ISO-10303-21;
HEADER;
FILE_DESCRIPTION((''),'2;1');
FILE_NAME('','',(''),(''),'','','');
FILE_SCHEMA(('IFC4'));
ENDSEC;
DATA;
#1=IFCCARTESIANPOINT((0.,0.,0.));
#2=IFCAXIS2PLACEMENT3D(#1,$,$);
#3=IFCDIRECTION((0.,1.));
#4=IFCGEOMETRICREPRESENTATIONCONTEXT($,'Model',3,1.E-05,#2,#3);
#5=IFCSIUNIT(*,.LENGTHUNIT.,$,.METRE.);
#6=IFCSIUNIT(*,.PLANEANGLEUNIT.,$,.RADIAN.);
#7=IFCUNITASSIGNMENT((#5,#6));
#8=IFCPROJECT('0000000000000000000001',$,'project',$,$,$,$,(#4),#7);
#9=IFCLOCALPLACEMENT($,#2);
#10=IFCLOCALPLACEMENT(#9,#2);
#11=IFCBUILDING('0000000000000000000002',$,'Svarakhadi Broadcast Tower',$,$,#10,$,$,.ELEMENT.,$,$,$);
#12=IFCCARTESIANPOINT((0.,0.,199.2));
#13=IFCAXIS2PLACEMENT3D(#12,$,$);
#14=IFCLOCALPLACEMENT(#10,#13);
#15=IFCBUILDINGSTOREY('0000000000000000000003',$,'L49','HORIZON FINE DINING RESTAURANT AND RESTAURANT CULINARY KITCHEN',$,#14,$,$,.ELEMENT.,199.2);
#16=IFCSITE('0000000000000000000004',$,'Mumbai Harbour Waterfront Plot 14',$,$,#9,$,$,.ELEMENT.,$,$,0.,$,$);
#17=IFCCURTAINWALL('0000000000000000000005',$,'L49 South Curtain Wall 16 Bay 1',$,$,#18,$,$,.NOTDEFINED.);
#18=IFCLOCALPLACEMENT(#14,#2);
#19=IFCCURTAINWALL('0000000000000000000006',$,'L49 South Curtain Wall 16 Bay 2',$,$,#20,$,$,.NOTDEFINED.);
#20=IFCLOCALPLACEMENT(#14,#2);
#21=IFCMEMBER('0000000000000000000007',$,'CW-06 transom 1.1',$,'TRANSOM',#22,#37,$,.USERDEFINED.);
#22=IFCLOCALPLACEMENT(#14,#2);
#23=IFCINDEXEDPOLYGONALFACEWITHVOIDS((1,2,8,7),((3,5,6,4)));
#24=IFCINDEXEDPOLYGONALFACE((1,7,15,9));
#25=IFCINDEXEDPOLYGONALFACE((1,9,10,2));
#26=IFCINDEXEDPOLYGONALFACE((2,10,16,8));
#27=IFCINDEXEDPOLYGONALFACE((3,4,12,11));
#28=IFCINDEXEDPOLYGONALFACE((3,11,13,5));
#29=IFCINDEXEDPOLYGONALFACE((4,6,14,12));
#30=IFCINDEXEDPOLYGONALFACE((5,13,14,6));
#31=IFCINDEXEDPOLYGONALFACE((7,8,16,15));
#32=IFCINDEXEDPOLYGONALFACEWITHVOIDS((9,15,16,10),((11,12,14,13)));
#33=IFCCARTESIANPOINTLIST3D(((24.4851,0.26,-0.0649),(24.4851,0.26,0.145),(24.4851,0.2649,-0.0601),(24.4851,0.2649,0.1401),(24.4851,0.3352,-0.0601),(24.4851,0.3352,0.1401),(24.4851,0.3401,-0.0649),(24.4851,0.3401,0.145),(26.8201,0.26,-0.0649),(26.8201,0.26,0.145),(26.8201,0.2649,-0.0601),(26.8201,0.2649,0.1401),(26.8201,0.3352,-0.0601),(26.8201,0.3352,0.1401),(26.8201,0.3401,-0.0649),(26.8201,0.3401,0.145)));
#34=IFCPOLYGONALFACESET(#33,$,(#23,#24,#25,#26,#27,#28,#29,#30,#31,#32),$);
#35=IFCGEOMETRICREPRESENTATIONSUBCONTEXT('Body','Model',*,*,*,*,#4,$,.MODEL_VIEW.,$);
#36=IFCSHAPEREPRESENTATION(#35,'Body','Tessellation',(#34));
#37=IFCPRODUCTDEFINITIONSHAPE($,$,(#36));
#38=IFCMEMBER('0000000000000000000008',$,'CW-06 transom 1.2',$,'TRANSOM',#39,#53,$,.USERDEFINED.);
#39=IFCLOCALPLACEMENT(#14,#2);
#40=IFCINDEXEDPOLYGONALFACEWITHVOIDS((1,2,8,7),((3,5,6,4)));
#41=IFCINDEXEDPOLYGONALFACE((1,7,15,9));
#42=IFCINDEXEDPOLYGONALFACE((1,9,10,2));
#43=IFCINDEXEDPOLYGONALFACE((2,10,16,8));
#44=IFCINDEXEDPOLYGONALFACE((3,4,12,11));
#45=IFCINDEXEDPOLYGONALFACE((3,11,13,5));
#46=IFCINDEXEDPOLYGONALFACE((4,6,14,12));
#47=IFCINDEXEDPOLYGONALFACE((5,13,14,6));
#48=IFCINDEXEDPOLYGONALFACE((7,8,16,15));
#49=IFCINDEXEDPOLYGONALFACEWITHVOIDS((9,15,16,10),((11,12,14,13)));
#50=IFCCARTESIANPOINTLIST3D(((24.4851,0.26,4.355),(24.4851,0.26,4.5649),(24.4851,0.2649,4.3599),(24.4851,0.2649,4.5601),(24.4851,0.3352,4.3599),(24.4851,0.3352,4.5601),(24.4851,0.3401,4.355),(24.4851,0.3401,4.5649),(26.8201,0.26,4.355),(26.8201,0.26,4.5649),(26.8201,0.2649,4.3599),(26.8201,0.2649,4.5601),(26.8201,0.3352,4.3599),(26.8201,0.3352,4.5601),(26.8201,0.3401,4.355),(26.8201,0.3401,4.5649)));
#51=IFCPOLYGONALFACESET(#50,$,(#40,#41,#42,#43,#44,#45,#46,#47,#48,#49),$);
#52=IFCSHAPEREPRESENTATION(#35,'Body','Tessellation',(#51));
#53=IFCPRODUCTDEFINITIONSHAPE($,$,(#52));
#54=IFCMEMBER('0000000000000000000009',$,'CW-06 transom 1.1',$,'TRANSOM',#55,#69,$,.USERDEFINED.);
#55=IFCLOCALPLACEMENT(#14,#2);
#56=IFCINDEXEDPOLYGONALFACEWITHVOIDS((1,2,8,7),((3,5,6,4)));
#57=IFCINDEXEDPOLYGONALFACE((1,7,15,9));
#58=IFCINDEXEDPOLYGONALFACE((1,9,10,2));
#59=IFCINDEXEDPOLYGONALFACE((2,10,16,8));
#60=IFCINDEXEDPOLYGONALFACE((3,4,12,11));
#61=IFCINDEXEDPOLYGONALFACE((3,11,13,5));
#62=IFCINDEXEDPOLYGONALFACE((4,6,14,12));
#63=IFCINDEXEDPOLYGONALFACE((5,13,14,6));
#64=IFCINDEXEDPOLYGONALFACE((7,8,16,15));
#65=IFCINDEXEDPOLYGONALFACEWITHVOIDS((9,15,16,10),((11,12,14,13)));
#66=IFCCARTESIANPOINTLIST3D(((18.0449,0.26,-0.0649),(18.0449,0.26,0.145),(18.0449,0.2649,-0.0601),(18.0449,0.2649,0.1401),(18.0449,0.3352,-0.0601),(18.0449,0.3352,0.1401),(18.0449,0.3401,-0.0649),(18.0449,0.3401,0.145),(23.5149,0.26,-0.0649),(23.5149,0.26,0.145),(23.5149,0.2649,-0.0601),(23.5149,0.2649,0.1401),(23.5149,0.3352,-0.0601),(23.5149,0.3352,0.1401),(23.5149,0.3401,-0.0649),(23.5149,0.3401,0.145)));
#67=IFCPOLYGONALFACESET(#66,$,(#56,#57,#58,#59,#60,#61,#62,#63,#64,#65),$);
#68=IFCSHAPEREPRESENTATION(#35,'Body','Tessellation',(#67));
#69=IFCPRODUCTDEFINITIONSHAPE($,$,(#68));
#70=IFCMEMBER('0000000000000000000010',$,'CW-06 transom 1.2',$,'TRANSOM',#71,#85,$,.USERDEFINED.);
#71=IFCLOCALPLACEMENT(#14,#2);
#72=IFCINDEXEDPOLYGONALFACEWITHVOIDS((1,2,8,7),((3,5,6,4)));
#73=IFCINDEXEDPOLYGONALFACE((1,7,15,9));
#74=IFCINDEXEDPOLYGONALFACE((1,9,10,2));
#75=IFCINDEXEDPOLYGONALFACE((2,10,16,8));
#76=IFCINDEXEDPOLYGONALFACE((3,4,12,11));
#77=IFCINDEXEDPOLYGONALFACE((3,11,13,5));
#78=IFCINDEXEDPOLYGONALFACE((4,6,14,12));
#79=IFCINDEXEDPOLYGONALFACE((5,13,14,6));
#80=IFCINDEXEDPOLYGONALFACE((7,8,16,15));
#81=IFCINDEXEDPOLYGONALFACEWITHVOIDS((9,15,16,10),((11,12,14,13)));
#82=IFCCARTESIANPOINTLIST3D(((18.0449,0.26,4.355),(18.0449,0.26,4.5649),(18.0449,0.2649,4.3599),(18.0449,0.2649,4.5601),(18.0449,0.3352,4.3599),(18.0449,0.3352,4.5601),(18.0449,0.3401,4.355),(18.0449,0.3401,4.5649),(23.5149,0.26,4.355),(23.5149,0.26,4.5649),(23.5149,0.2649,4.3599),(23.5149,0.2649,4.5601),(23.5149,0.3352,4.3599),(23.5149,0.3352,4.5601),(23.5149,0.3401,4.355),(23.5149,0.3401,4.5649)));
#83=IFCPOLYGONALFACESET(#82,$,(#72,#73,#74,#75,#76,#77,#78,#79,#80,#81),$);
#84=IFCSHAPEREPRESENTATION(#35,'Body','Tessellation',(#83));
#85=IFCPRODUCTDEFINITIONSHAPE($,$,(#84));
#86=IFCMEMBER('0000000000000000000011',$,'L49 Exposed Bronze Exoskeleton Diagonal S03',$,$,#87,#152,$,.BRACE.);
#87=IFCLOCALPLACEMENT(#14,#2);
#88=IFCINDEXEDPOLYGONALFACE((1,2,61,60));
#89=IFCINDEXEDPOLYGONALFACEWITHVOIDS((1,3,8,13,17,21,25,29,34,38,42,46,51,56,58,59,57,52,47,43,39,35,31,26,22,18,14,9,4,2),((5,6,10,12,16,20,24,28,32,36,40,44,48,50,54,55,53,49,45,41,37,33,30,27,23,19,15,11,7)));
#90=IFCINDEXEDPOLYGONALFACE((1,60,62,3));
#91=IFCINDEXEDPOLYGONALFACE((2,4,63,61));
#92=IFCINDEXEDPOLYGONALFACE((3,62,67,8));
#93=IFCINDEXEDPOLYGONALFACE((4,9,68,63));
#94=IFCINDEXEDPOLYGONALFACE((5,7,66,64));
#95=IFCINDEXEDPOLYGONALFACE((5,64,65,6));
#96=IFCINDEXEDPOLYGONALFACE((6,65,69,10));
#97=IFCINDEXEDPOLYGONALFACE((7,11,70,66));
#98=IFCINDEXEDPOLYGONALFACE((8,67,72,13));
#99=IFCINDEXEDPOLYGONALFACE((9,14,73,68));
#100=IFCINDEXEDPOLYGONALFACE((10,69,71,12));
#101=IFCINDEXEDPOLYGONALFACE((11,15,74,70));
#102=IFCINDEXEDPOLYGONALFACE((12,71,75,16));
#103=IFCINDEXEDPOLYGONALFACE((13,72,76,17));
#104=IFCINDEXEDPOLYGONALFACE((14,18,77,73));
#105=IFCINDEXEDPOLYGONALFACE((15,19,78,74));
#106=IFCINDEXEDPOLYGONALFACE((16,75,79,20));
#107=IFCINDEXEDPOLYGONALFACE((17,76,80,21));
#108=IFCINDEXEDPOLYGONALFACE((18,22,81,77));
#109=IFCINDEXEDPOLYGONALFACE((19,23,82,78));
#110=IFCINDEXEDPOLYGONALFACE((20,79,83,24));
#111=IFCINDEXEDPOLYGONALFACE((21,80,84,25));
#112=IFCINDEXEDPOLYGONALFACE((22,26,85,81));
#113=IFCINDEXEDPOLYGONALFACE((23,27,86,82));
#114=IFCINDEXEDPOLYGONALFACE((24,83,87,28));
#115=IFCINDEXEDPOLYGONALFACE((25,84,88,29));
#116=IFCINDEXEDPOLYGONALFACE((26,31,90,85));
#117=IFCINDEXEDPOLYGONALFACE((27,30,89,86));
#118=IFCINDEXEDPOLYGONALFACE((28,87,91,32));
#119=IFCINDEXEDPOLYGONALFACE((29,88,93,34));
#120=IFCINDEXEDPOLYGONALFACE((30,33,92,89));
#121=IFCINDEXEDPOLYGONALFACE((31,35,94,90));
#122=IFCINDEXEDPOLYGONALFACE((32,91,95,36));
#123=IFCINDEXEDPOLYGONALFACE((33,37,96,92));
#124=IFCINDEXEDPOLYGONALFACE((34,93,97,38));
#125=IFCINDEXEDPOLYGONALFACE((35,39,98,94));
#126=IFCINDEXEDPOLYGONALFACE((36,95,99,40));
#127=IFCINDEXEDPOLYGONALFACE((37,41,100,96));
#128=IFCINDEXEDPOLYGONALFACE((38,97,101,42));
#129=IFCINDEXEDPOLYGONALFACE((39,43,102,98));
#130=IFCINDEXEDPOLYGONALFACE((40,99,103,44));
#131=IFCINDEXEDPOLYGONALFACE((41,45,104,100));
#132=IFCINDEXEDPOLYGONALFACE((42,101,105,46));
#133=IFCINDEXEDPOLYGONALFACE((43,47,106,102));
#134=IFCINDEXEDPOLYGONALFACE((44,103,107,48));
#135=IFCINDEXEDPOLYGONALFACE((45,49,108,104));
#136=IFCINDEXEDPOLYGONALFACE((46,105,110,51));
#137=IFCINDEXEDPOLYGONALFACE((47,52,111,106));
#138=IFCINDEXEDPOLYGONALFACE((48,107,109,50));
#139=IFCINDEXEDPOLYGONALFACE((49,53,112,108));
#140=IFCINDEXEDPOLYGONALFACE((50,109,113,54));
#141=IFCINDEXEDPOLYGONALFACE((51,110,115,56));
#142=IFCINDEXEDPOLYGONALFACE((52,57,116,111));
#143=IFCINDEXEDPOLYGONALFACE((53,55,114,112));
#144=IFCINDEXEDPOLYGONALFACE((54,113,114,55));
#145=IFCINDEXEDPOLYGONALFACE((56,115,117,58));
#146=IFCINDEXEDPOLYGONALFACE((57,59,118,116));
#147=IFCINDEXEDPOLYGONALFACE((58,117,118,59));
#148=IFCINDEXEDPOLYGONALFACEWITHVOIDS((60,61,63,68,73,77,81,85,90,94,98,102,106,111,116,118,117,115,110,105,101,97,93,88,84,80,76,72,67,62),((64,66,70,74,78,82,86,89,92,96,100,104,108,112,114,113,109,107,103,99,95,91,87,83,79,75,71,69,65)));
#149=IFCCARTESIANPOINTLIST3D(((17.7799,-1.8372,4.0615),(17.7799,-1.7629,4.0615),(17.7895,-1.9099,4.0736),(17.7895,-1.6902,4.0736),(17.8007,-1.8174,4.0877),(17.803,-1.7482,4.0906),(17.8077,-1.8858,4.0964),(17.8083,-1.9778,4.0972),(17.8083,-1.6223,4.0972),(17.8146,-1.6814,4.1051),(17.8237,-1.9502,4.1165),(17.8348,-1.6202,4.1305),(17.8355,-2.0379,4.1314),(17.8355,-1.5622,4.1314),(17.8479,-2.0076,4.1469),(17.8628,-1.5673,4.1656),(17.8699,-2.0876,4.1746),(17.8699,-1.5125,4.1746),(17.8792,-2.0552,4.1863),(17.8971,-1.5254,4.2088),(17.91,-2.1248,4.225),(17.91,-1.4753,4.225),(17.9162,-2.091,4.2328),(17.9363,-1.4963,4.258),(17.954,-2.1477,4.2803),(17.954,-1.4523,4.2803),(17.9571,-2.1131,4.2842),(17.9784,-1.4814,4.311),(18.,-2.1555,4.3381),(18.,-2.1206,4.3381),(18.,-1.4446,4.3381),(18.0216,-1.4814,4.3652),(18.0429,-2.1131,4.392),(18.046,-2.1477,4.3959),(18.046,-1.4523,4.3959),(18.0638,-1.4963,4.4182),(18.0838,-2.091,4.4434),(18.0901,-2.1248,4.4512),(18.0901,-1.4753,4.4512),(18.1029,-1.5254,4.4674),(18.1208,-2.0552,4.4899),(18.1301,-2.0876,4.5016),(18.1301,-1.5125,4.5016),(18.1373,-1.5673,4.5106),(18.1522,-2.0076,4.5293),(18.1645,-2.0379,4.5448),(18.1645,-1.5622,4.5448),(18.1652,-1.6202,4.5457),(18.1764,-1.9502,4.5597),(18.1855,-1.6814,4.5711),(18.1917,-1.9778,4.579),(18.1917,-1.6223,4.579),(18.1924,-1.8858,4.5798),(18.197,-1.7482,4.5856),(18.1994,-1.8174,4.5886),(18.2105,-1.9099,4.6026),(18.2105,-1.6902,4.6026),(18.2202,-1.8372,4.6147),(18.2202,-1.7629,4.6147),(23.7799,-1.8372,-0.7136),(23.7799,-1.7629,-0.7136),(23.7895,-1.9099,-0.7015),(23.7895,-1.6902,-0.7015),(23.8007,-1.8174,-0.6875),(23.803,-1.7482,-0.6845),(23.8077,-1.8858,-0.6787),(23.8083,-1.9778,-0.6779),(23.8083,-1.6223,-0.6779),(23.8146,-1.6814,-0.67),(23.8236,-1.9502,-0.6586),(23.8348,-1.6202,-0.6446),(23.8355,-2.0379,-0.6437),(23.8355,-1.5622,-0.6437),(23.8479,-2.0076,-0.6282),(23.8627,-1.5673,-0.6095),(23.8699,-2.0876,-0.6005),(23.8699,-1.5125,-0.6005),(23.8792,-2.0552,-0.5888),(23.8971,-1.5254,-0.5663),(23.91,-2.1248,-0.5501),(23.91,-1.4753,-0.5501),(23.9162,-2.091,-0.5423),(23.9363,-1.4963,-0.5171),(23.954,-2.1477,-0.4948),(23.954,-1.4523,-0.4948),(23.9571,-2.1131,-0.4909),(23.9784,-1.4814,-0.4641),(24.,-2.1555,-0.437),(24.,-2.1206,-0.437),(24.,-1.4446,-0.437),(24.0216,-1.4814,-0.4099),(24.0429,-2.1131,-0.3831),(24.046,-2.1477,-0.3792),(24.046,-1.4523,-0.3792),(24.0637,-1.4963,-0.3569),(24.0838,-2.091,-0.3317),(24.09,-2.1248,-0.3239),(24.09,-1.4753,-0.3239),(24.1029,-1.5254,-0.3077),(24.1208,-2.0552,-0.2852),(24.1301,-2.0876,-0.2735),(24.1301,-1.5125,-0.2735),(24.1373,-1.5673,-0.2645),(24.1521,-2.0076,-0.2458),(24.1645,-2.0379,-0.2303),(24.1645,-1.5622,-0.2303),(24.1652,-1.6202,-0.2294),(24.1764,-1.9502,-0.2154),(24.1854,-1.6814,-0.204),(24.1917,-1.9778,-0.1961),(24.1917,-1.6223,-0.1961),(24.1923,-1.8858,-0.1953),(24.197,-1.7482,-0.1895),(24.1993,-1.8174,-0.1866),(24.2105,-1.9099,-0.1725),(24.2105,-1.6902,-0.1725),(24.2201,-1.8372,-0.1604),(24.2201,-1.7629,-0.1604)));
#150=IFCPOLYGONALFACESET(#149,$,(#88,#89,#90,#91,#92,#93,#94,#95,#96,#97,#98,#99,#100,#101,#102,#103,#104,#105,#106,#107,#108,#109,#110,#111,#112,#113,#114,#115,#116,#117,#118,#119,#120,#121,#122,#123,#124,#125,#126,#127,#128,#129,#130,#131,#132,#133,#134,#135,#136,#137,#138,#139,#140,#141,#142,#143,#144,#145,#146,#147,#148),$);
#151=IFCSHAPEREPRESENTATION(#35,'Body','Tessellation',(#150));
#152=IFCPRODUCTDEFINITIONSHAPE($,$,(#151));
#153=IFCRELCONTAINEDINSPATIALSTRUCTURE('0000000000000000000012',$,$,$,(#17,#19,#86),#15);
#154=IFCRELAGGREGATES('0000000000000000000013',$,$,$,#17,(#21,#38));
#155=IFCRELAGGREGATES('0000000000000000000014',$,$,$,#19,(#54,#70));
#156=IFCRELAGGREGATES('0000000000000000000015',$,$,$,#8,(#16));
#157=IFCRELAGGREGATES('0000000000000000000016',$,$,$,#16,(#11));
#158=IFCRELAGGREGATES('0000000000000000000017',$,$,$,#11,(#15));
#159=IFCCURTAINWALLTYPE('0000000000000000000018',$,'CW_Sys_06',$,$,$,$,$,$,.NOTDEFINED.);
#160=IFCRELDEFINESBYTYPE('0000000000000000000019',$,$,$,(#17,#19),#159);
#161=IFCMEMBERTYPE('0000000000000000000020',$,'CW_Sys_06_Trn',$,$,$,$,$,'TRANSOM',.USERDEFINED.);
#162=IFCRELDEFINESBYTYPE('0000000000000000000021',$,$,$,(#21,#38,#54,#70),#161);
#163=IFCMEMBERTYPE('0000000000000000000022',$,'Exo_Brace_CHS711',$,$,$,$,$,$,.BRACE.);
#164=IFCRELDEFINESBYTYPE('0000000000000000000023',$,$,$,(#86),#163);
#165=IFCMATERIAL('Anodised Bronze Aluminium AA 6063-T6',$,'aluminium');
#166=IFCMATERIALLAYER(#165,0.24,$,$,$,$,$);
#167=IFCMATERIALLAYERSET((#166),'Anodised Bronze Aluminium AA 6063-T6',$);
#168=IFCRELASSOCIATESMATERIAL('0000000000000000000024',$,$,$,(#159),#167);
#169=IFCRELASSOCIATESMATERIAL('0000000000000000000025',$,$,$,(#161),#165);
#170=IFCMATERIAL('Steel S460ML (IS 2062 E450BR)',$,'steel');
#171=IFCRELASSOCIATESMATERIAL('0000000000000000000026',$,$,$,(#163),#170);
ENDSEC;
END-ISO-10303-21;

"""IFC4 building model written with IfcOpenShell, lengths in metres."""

from ifc_helpers import new_model, si_unit, direction, frame, origin, origin_2d, place, context, subcontext, project, spatial, hollow_rectangle, hollow_circle, extrude, material, layer, layer_set, material_profile, profile_set, type_object, element, aggregate, save


model = new_model("IFC4")

# Units and contexts
model_context = context("Model", 3, precision=1e-05, world=origin(), true_north=direction((0.0, 1.0)))
body_context = subcontext(model_context, "Body", "Model", "MODEL_VIEW")
ifc_project = project(units=[si_unit("LENGTHUNIT", "METRE"), si_unit("PLANEANGLEUNIT", "RADIAN")], contexts=[model_context])

# Site, building, storey
site_placement = place(None, origin())
site = spatial("IfcSite", under=ifc_project, at=site_placement, Name="Mumbai Harbour Waterfront Plot 14", CompositionType="ELEMENT", RefElevation=0.0)
building_placement = place(site_placement, origin())
building = spatial("IfcBuilding", under=site, at=building_placement, Name="Svarakhadi Broadcast Tower", CompositionType="ELEMENT")
storey_placement = place(building_placement, frame((0.0, 0.0, 199.2)))
storey = spatial("IfcBuildingStorey", under=building, at=storey_placement, Name="L49", Description="HORIZON FINE DINING RESTAURANT AND RESTAURANT CULINARY KITCHEN", CompositionType="ELEMENT", Elevation=199.2)

# Shared definitions
ifc_material_1 = material(Name="Steel S460ML (IS 2062 E450BR)", Category="steel")

# Curtain walls
ifc_material_2 = material(Name="Anodised Bronze Aluminium AA 6063-T6", Category="aluminium")
ifc_layer_1 = layer(ifc_material_2, 0.24)
ifc_layer_set_1 = layer_set([ifc_layer_1], Name="Anodised Bronze Aluminium AA 6063-T6")
curtain_wall_type = type_object("IfcCurtainWallType", Name="CW_Sys_06", PredefinedType="NOTDEFINED", material=ifc_layer_set_1)
curtain_wall_1_placement = place(storey_placement, origin())
curtain_wall_1 = element("IfcCurtainWall", 1, at=curtain_wall_1_placement, inside=storey, type_object=curtain_wall_type, Name="L49 South Curtain Wall 16 Bay 1", PredefinedType="NOTDEFINED")
curtain_wall_2_placement = place(storey_placement, origin())
curtain_wall_2 = element("IfcCurtainWall", 2, at=curtain_wall_2_placement, inside=storey, type_object=curtain_wall_type, Name="L49 South Curtain Wall 16 Bay 2", PredefinedType="NOTDEFINED")

# Members
ifc_material_profile_1 = material_profile(ifc_material_2, hollow_rectangle(XDim=0.0801, YDim=0.21, WallThickness=0.0049, at=origin_2d()), Name="ALU TRANSOM 210x80x5")
ifc_profile_set_1 = profile_set([ifc_material_profile_1], Name="Anodised Bronze Aluminium AA 6063-T6")
member_type_1 = type_object("IfcMemberType", Name="CW_Sys_06_Trn", ElementType="TRANSOM", PredefinedType="USERDEFINED", material=ifc_profile_set_1)
member_1_placement = place(storey_placement, frame((26.8201, 0.3, 0.04), z_axis=(-1.0, 0.0, 0.0), x_axis=(0.0, -1.0, 0.0)))
member_1 = element("IfcMember", 3, at=member_1_placement, type_object=member_type_1, Name="CW-06 transom 1.1", ObjectType="TRANSOM", PredefinedType="USERDEFINED", context=body_context, shape_type="SweptSolid", body=[
    extrude(hollow_rectangle(XDim=0.0801, YDim=0.21, WallThickness=0.0049, at=origin_2d()), origin(), (0.0, 0.0, 1.0), 2.335),
])
member_2_placement = place(storey_placement, frame((26.8201, 0.3, 4.46), z_axis=(-1.0, 0.0, 0.0), x_axis=(0.0, -1.0, 0.0)))
member_2 = element("IfcMember", 4, at=member_2_placement, type_object=member_type_1, Name="CW-06 transom 1.2", ObjectType="TRANSOM", PredefinedType="USERDEFINED", context=body_context, shape_type="SweptSolid", body=[
    extrude(hollow_rectangle(XDim=0.0801, YDim=0.21, WallThickness=0.0049, at=origin_2d()), origin(), (0.0, 0.0, 1.0), 2.335),
])
member_3_placement = place(storey_placement, frame((23.5149, 0.3, 0.04), z_axis=(-1.0, 0.0, 0.0), x_axis=(0.0, -1.0, 0.0)))
member_3 = element("IfcMember", 5, at=member_3_placement, type_object=member_type_1, Name="CW-06 transom 1.1", ObjectType="TRANSOM", PredefinedType="USERDEFINED", context=body_context, shape_type="SweptSolid", body=[
    extrude(hollow_rectangle(XDim=0.0801, YDim=0.21, WallThickness=0.0049, at=origin_2d()), origin(), (0.0, 0.0, 1.0), 5.47),
])
member_4_placement = place(storey_placement, frame((23.5149, 0.3, 4.46), z_axis=(-1.0, 0.0, 0.0), x_axis=(0.0, -1.0, 0.0)))
member_4 = element("IfcMember", 6, at=member_4_placement, type_object=member_type_1, Name="CW-06 transom 1.2", ObjectType="TRANSOM", PredefinedType="USERDEFINED", context=body_context, shape_type="SweptSolid", body=[
    extrude(hollow_rectangle(XDim=0.0801, YDim=0.21, WallThickness=0.0049, at=origin_2d()), origin(), (0.0, 0.0, 1.0), 5.47),
])

# Member
ifc_material_profile_2 = material_profile(ifc_material_1, hollow_circle(Radius=0.3555, WallThickness=0.0349, at=origin_2d()), Name="CHS 711x35")
ifc_profile_set_2 = profile_set([ifc_material_profile_2], Name="Steel S460ML (IS 2062 E450BR)")
member_type_2 = type_object("IfcMemberType", Name="Exo_Brace_CHS711", PredefinedType="BRACE", material=ifc_profile_set_2)
member_5_placement = place(storey_placement, frame((24.0, -1.8, -0.437), z_axis=(-0.782447, 0.0, 0.622717), x_axis=(0.0, -1.0, 0.0)))
element("IfcMember", 7, at=member_5_placement, inside=storey, type_object=member_type_2, Name="L49 Exposed Bronze Exoskeleton Diagonal S03", PredefinedType="BRACE", context=body_context, shape_type="SweptSolid", body=[
    extrude(hollow_circle(Radius=0.3555, WallThickness=0.0349, at=origin_2d()), origin(), (0.0, 0.0, 1.0), 7.6682),
])

aggregate(curtain_wall_1, [member_1, member_2])
aggregate(curtain_wall_2, [member_3, member_4])

save(model, "model.ifc")
